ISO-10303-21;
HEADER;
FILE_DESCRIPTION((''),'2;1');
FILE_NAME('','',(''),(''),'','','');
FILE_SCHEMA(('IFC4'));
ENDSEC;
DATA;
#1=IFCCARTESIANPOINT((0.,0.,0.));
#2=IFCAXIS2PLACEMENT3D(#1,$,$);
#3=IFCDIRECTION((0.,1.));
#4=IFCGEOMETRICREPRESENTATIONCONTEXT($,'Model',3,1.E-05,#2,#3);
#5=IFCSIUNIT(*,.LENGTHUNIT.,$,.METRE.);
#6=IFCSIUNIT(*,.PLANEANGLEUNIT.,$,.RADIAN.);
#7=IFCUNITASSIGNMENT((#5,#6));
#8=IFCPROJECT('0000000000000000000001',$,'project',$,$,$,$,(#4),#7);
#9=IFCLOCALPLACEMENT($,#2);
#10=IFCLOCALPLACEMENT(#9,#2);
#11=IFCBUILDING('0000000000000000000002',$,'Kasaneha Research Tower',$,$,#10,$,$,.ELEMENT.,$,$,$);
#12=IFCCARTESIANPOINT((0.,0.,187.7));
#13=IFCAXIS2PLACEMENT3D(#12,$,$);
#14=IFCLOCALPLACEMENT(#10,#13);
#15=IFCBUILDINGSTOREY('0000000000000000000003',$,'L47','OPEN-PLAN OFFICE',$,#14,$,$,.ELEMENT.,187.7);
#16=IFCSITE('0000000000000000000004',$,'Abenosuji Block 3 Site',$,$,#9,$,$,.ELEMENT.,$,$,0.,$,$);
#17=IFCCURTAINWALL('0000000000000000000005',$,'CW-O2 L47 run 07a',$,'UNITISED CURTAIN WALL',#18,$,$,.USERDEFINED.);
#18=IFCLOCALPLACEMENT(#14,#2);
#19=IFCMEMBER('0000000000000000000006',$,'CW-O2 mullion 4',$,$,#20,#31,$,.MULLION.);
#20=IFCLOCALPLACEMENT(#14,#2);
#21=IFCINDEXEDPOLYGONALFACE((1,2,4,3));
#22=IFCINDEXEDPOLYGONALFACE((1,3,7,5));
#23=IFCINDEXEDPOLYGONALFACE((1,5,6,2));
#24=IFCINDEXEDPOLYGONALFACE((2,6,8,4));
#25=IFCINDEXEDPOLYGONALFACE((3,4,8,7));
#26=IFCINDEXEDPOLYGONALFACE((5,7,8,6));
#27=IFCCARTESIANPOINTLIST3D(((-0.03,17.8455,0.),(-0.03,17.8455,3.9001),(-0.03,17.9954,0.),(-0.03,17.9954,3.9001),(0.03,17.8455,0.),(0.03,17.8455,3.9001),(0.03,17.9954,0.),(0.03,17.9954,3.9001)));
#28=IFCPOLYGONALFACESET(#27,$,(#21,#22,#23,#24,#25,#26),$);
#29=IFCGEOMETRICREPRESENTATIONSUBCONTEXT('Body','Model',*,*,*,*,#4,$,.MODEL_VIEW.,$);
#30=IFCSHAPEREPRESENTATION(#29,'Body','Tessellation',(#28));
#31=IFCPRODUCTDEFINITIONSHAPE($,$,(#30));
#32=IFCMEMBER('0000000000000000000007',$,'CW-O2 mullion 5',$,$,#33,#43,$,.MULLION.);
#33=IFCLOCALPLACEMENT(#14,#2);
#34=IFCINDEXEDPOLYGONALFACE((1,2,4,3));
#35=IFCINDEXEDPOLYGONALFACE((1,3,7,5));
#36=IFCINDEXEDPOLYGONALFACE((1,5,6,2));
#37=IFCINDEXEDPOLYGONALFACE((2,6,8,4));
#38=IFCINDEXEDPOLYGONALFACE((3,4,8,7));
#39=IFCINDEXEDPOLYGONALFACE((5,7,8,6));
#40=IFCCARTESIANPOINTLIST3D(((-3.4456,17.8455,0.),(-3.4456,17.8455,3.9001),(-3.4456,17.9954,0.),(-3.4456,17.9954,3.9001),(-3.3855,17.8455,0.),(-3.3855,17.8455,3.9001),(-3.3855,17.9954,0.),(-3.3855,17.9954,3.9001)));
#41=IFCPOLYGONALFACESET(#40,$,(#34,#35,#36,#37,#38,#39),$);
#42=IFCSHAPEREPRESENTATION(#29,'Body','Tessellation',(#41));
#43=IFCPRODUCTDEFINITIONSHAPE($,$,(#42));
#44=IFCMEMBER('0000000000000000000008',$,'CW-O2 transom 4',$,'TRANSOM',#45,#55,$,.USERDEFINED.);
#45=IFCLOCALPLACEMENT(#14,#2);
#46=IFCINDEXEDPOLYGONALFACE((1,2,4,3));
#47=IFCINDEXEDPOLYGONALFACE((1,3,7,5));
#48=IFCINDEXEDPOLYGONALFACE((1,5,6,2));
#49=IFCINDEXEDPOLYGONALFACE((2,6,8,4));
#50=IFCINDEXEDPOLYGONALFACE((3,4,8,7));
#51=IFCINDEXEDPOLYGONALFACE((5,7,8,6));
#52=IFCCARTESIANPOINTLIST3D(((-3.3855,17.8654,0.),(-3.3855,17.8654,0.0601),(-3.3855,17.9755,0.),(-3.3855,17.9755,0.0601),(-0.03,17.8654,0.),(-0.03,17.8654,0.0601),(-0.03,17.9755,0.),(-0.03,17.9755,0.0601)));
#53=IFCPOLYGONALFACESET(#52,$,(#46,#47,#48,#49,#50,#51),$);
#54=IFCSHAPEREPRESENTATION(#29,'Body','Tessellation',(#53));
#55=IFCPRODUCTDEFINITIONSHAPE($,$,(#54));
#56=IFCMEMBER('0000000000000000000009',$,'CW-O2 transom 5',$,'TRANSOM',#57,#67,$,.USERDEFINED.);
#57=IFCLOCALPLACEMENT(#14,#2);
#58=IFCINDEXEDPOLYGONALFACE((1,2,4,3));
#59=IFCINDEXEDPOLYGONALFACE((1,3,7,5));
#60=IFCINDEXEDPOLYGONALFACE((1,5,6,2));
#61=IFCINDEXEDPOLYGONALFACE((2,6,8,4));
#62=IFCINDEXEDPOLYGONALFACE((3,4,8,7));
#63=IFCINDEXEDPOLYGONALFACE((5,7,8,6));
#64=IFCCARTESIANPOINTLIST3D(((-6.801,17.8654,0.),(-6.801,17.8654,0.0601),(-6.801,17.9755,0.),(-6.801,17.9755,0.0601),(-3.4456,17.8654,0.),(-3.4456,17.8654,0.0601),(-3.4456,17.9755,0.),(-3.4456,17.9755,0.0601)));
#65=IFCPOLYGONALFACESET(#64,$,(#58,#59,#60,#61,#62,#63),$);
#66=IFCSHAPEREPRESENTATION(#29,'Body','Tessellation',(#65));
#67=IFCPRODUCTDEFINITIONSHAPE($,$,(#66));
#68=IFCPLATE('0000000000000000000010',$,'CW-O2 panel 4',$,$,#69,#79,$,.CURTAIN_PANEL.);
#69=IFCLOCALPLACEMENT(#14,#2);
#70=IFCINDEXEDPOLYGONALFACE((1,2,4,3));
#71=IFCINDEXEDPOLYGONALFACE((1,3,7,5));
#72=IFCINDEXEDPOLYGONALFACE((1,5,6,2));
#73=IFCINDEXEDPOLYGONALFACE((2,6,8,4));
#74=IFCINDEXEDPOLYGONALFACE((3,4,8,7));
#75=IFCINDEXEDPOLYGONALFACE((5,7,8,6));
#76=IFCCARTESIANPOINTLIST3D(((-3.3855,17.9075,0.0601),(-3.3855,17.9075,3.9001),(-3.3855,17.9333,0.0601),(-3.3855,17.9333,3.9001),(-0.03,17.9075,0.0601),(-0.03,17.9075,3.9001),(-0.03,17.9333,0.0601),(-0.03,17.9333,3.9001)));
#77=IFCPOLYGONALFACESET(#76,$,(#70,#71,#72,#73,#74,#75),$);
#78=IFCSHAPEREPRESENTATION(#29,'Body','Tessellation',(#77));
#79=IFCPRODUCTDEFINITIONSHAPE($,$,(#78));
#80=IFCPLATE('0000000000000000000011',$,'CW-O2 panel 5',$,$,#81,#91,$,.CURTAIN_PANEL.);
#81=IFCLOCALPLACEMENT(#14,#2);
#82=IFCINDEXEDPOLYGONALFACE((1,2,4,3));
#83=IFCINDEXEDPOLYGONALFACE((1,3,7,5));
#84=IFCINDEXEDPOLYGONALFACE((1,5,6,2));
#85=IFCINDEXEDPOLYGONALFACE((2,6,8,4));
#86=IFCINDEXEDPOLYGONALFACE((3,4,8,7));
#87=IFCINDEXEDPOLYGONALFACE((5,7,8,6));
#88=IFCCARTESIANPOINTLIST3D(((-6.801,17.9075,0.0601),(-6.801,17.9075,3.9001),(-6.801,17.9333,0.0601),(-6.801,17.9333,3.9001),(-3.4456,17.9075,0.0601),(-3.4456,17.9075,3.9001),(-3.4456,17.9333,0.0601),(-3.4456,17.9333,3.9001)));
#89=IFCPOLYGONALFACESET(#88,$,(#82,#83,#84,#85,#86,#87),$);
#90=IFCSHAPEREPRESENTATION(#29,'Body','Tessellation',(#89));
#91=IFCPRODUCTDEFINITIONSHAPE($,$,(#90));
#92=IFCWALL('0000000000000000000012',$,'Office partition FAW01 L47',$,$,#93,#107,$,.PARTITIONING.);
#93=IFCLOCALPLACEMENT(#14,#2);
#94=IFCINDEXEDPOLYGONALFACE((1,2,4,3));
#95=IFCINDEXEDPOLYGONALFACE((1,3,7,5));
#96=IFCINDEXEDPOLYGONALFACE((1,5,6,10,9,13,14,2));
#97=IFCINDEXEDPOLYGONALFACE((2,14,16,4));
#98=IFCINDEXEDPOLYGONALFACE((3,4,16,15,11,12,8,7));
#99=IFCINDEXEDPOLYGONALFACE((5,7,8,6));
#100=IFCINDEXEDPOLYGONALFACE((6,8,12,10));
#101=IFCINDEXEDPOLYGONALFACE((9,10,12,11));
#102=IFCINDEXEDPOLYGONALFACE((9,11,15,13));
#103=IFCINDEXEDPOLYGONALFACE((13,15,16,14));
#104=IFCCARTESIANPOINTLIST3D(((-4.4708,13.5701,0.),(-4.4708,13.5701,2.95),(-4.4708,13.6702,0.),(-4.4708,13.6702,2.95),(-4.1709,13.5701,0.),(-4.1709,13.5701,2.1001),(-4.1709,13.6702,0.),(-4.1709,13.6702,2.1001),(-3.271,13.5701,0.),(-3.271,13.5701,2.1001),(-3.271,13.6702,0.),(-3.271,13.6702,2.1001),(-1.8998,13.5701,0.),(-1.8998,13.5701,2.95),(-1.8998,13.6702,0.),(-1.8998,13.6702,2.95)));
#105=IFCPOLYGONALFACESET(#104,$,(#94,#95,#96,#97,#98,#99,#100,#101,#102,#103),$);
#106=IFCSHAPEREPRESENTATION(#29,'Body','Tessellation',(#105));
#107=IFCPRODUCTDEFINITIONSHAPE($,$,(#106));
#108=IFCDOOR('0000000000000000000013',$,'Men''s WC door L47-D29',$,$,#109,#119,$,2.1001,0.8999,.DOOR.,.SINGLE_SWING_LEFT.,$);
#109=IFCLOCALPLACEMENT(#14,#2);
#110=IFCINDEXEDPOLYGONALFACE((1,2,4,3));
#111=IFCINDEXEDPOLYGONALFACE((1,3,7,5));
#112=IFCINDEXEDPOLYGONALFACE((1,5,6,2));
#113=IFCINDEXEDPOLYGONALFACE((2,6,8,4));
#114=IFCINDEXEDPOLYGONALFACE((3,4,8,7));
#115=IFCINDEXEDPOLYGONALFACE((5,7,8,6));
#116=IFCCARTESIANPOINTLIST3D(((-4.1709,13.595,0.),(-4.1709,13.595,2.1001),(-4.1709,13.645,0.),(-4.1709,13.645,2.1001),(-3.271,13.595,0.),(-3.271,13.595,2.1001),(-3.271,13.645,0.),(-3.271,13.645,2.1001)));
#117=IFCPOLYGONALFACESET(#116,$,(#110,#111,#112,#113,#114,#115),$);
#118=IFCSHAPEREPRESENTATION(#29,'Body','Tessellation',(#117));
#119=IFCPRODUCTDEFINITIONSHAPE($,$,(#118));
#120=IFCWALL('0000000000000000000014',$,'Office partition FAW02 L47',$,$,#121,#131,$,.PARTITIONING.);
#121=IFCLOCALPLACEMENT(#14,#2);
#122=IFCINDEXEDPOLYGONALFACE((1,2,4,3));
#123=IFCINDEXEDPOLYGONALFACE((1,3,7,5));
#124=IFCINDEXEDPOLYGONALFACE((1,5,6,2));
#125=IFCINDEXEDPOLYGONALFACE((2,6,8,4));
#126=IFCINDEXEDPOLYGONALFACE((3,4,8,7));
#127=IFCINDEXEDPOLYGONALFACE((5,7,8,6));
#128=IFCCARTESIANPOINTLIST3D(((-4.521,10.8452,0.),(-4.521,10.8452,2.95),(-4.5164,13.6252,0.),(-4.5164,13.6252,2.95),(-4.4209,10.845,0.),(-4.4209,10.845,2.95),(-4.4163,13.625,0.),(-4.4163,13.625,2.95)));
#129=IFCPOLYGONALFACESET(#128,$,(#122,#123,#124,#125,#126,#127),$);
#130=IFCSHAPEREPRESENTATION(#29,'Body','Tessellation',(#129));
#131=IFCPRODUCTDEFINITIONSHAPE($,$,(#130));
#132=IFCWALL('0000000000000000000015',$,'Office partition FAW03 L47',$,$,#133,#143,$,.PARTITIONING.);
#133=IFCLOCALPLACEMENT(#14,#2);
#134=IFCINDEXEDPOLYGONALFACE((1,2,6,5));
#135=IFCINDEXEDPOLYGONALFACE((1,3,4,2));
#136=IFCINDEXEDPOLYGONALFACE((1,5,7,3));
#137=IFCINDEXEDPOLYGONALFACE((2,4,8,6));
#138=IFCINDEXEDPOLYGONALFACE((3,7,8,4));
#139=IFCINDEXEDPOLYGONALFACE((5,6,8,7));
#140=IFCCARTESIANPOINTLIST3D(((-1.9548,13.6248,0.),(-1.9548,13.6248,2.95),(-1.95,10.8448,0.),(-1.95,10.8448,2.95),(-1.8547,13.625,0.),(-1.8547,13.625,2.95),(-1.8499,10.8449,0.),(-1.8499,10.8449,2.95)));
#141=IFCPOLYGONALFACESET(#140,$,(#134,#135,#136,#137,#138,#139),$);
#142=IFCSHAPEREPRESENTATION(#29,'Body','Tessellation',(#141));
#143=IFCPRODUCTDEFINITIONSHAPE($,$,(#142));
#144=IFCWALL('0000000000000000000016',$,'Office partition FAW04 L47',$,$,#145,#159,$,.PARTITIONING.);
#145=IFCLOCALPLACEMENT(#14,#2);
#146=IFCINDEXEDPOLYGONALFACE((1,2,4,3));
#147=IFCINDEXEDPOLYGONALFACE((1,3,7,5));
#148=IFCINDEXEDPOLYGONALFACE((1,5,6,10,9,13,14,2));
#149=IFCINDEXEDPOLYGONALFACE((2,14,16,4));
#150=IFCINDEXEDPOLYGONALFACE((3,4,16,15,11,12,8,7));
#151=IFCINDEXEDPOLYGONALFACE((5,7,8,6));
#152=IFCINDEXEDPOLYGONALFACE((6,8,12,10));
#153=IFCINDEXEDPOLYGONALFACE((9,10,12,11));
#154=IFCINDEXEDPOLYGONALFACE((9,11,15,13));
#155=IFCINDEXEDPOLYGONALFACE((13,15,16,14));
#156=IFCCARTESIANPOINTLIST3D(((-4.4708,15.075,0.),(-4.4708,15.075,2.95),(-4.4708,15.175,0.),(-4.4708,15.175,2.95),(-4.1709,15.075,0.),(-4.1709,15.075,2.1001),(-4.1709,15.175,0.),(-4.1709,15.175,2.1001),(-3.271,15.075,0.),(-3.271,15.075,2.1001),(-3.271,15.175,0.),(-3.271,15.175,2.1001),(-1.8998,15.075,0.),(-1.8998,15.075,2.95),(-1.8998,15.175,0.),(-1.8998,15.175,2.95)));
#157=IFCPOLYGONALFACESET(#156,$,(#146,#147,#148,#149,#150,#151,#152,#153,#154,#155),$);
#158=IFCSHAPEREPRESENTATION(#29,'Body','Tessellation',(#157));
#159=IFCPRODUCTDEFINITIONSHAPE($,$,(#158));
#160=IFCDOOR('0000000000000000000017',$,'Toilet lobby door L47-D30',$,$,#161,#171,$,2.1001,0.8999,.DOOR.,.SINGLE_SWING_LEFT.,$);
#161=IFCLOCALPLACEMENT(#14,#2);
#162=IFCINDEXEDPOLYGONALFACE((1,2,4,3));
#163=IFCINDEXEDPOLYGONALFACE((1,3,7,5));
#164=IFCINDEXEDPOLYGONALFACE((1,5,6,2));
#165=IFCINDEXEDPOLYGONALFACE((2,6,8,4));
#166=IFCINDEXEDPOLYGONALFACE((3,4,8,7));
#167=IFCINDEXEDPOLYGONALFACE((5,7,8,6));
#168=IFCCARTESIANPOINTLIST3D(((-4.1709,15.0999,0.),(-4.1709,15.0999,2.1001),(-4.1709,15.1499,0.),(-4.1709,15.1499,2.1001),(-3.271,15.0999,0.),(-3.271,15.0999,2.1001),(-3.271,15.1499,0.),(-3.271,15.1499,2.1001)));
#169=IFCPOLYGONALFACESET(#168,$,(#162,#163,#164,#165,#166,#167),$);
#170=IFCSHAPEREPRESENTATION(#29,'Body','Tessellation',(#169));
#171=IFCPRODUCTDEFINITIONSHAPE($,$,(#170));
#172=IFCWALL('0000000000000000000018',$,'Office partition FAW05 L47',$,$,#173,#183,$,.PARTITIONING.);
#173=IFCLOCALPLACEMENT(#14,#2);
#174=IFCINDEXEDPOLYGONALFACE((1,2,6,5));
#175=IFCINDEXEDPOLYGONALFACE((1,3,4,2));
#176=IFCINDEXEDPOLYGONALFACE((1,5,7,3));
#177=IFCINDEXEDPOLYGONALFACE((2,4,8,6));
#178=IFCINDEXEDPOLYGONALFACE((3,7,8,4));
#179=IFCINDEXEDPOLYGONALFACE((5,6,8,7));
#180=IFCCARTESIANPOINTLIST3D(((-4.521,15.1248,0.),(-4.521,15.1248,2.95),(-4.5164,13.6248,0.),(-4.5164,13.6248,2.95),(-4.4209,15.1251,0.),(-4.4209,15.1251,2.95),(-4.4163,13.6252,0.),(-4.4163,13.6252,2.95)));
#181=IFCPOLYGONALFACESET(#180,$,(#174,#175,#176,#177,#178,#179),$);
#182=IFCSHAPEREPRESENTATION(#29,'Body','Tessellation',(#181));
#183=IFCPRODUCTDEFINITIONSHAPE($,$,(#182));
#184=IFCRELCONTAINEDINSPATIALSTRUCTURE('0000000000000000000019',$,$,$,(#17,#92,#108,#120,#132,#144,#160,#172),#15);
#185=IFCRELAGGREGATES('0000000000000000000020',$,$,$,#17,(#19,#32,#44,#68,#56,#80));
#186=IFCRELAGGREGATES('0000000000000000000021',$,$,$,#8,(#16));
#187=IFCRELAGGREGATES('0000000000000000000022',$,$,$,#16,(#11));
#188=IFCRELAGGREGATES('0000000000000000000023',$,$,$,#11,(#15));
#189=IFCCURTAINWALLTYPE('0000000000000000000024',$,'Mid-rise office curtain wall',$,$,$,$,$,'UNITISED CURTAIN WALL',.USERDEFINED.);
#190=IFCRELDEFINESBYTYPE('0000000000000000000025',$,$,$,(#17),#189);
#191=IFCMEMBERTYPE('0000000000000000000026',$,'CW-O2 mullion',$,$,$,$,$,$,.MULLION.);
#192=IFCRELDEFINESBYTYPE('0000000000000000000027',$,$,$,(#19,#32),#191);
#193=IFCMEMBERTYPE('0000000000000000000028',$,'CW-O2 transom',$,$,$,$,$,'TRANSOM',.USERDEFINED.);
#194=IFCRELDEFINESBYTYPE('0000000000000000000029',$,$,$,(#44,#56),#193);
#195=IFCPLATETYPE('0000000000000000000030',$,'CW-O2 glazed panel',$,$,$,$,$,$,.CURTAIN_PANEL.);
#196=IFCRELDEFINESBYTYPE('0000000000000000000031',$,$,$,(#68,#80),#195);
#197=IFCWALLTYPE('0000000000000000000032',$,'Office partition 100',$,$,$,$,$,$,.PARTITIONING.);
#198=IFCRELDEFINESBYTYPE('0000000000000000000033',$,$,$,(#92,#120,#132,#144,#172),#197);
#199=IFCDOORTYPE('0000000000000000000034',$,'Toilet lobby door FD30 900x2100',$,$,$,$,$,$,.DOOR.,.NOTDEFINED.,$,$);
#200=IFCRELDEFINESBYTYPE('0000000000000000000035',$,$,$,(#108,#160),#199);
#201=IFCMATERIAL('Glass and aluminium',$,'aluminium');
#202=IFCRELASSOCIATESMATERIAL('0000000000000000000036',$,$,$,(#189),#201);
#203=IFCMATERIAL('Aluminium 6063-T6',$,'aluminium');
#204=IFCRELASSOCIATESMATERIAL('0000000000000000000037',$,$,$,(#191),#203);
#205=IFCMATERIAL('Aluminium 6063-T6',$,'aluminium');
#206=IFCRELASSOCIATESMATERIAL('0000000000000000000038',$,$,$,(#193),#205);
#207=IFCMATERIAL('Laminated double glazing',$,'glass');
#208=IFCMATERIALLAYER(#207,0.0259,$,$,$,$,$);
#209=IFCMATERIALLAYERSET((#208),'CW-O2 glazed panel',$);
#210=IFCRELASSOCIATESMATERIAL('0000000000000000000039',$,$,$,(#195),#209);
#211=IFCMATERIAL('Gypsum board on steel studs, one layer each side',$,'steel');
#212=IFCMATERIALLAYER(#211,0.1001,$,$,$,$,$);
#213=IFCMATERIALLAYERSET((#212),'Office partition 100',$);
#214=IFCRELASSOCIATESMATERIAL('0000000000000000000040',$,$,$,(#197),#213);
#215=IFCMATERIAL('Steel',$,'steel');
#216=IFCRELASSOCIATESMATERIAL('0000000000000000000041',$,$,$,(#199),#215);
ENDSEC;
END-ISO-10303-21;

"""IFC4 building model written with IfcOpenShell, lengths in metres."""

from ifc_helpers import new_model, si_unit, direction, frame, frame_2d, origin, origin_2d, place, context, subcontext, project, spatial, rectangle, extrude, material, layer, layer_set, material_profile, profile_set, type_object, element, fill, aggregate, save


model = new_model("IFC4")

# Units and contexts
model_context = context("Model", 3, precision=1e-05, world=origin(), true_north=direction((0.0, 1.0)))
body_context = subcontext(model_context, "Body", "Model", "MODEL_VIEW")
ifc_project = project(units=[si_unit("LENGTHUNIT", "METRE"), si_unit("PLANEANGLEUNIT", "RADIAN")], contexts=[model_context])

# Site, building, storey
site_placement = place(None, origin())
site = spatial("IfcSite", under=ifc_project, at=site_placement, Name="Abenosuji Block 3 Site", CompositionType="ELEMENT", RefElevation=0.0)
building_placement = place(site_placement, origin())
building = spatial("IfcBuilding", under=site, at=building_placement, Name="Kasaneha Research Tower", CompositionType="ELEMENT")
storey_placement = place(building_placement, frame((0.0, 0.0, 187.7)))
storey = spatial("IfcBuildingStorey", under=building, at=storey_placement, Name="L47", Description="OPEN-PLAN OFFICE", CompositionType="ELEMENT", Elevation=187.7)

# Curtain wall, members, plates
ifc_material_1 = material(Name="Glass and aluminium", Category="aluminium")
curtain_wall_type = type_object("IfcCurtainWallType", Name="Mid-rise office curtain wall", ElementType="UNITISED CURTAIN WALL", PredefinedType="USERDEFINED", material=ifc_material_1)
curtain_wall_placement = place(storey_placement, origin())
curtain_wall = element("IfcCurtainWall", 1, at=curtain_wall_placement, inside=storey, type_object=curtain_wall_type, Name="CW-O2 L47 run 07a", ObjectType="UNITISED CURTAIN WALL", PredefinedType="USERDEFINED")
ifc_material_2 = material(Name="Aluminium 6063-T6", Category="aluminium")
ifc_material_profile_1 = material_profile(ifc_material_2, rectangle(XDim=0.0601, YDim=0.1499, at=origin_2d()), Name="CW-O2 mullion 60x150")
ifc_profile_set_1 = profile_set([ifc_material_profile_1], Name="Aluminium 6063-T6")
member_type_1 = type_object("IfcMemberType", Name="CW-O2 mullion", PredefinedType="MULLION", material=ifc_profile_set_1)
member_1_placement = place(storey_placement, frame((0.0, 17.9204, 0.0), z_axis=(0.0, 0.0, 1.0), x_axis=(-1.0, 0.0, 0.0)))
member_1 = element("IfcMember", 2, at=member_1_placement, type_object=member_type_1, Name="CW-O2 mullion 4", PredefinedType="MULLION", context=body_context, shape_type="SweptSolid", body=[
    extrude(rectangle(XDim=0.0601, YDim=0.1499, at=origin_2d()), origin(), (0.0, 0.0, 1.0), 3.9001),
])
member_2_placement = place(storey_placement, frame((-3.4155, 17.9204, 0.0), z_axis=(0.0, 0.0, 1.0), x_axis=(-1.0, 0.0, 0.0)))
member_2 = element("IfcMember", 3, at=member_2_placement, type_object=member_type_1, Name="CW-O2 mullion 5", PredefinedType="MULLION", context=body_context, shape_type="SweptSolid", body=[
    extrude(rectangle(XDim=0.0601, YDim=0.1499, at=origin_2d()), origin(), (0.0, 0.0, 1.0), 3.9001),
])
ifc_material_3 = material(Name="Aluminium 6063-T6", Category="aluminium")
ifc_material_profile_2 = material_profile(ifc_material_3, rectangle(XDim=0.1101, YDim=0.0601, at=origin_2d()), Name="CW-O2 transom 110x60")
ifc_profile_set_2 = profile_set([ifc_material_profile_2], Name="Aluminium 6063-T6")
member_type_2 = type_object("IfcMemberType", Name="CW-O2 transom", ElementType="TRANSOM", PredefinedType="USERDEFINED", material=ifc_profile_set_2)
member_3_placement = place(storey_placement, frame((-0.03, 17.9204, 0.03), z_axis=(-1.0, 0.0, 0.0), x_axis=(0.0, -1.0, 0.0)))
member_3 = element("IfcMember", 4, at=member_3_placement, type_object=member_type_2, Name="CW-O2 transom 4", ObjectType="TRANSOM", PredefinedType="USERDEFINED", context=body_context, shape_type="SweptSolid", body=[
    extrude(rectangle(XDim=0.1101, YDim=0.0601, at=origin_2d()), origin(), (0.0, 0.0, 1.0), 3.3555),
])
member_4_placement = place(storey_placement, frame((-3.4456, 17.9204, 0.03), z_axis=(-1.0, 0.0, 0.0), x_axis=(0.0, -1.0, 0.0)))
member_4 = element("IfcMember", 5, at=member_4_placement, type_object=member_type_2, Name="CW-O2 transom 5", ObjectType="TRANSOM", PredefinedType="USERDEFINED", context=body_context, shape_type="SweptSolid", body=[
    extrude(rectangle(XDim=0.1101, YDim=0.0601, at=origin_2d()), origin(), (0.0, 0.0, 1.0), 3.3555),
])
ifc_material_4 = material(Name="Laminated double glazing", Category="glass")
ifc_layer_1 = layer(ifc_material_4, 0.0259)
ifc_layer_set_1 = layer_set([ifc_layer_1], Name="CW-O2 glazed panel")
plate_type = type_object("IfcPlateType", Name="CW-O2 glazed panel", PredefinedType="CURTAIN_PANEL", material=ifc_layer_set_1)
plate_1_placement = place(storey_placement, frame((-1.7078, 17.9204, 0.0601), z_axis=(0.0, 0.0, 1.0), x_axis=(-1.0, 0.0, 0.0)))
plate_1 = element("IfcPlate", 6, at=plate_1_placement, type_object=plate_type, Name="CW-O2 panel 4", PredefinedType="CURTAIN_PANEL", context=body_context, shape_type="SweptSolid", body=[
    extrude(rectangle(XDim=3.3555, YDim=0.0259, at=origin_2d()), origin(), (0.0, 0.0, 1.0), 3.8401),
])
plate_2_placement = place(storey_placement, frame((-5.1233, 17.9204, 0.0601), z_axis=(0.0, 0.0, 1.0), x_axis=(-1.0, 0.0, 0.0)))
plate_2 = element("IfcPlate", 7, at=plate_2_placement, type_object=plate_type, Name="CW-O2 panel 5", PredefinedType="CURTAIN_PANEL", context=body_context, shape_type="SweptSolid", body=[
    extrude(rectangle(XDim=3.3555, YDim=0.0259, at=origin_2d()), origin(), (0.0, 0.0, 1.0), 3.8401),
])
aggregate(curtain_wall, [member_1, member_2, member_3, plate_1, member_4, plate_2])

# Wall, opening, door
ifc_material_5 = material(Name="Gypsum board on steel studs, one layer each side", Category="steel")
ifc_layer_2 = layer(ifc_material_5, 0.1001)
ifc_layer_set_2 = layer_set([ifc_layer_2], Name="Office partition 100")
wall_type_1 = type_object("IfcWallType", Name="Office partition 100", PredefinedType="PARTITIONING", material=ifc_layer_set_2)
wall_1_placement = place(storey_placement, frame((-4.4709, 13.6201, 0.0), z_axis=(0.0, 0.0, 1.0), x_axis=(1.0, 0.0, 0.0)))
wall_1 = element("IfcWall", 8, at=wall_1_placement, inside=storey, type_object=wall_type_1, Name="Office partition FAW01 L47", PredefinedType="PARTITIONING", context=body_context, shape_type="SweptSolid", body=[
    extrude(rectangle(XDim=2.571, YDim=0.1001, at=frame_2d((1.2856, 0.0))), origin(), (0.0, 0.0, 1.0), 2.95),
])
opening_1_placement = place(wall_1_placement, frame((0.3, 0.0, 0.0)))
opening_1 = element("IfcOpeningElement", 9, at=opening_1_placement, cuts=wall_1, PredefinedType="OPENING", context=body_context, shape_type="SweptSolid", body=[
    extrude(rectangle(XDim=0.8999, YDim=2.1001, at=frame_2d((0.45, 1.05))), frame((0.0, 0.0601, 0.0), z_axis=(0.0, -1.0, 0.0), x_axis=(1.0, 0.0, 0.0)), (0.0, 0.0, 1.0), 0.1201),
])
ifc_material_6 = material(Name="Steel", Category="steel")
door_type_1 = type_object("IfcDoorType", Name="Toilet lobby door FD30 900x2100", OperationType="NOTDEFINED", PredefinedType="DOOR", material=ifc_material_6)
door_1_placement = place(opening_1_placement, origin())
door_1 = element("IfcDoor", 10, at=door_1_placement, inside=storey, type_object=door_type_1, Name="Men's WC door L47-D29", OperationType="SINGLE_SWING_LEFT", OverallHeight=2.1001, OverallWidth=0.8999, PredefinedType="DOOR", context=body_context, shape_type="SweptSolid", body=[
    extrude(rectangle(XDim=0.8999, YDim=2.1001, at=frame_2d((0.45, 1.05))), frame((0.0, 0.0249, 0.0), z_axis=(0.0, -1.0, 0.0), x_axis=(1.0, 0.0, 0.0)), (0.0, 0.0, 1.0), 0.05),
])
fill(opening_1, door_1)

# Walls
for number, where, z_axis, x_axis, name in (
    (11, (-4.4709, 10.845, 0.0), (0.0, 0.0, 1.0), (0.001669, 0.999999, 0.0), "Office partition FAW02 L47"),
    (12, (-1.9048, 13.625, 0.0), (0.0, 0.0, 1.0), (0.001756, -0.999998, 0.0), "Office partition FAW03 L47"),
):
    element("IfcWall", number, at=place(storey_placement, frame(where, z_axis=z_axis, x_axis=x_axis)), inside=storey, type_object=wall_type_1, Name=name, PredefinedType="PARTITIONING", context=body_context, shape_type="SweptSolid", body=[
        extrude(rectangle(XDim=2.78, YDim=0.1001, at=frame_2d((1.3901, 0.0))), origin(), (0.0, 0.0, 1.0), 2.95),
    ])

# Wall, opening, door
wall_2_placement = place(storey_placement, frame((-4.4709, 15.125, 0.0), z_axis=(0.0, 0.0, 1.0), x_axis=(1.0, 0.0, 0.0)))
wall_2 = element("IfcWall", 13, at=wall_2_placement, inside=storey, type_object=wall_type_1, Name="Office partition FAW04 L47", PredefinedType="PARTITIONING", context=body_context, shape_type="SweptSolid", body=[
    extrude(rectangle(XDim=2.571, YDim=0.1001, at=frame_2d((1.2856, 0.0))), origin(), (0.0, 0.0, 1.0), 2.95),
])
opening_2_placement = place(wall_2_placement, frame((0.3, 0.0, 0.0)))
opening_2 = element("IfcOpeningElement", 14, at=opening_2_placement, cuts=wall_2, PredefinedType="OPENING", context=body_context, shape_type="SweptSolid", body=[
    extrude(rectangle(XDim=0.8999, YDim=2.1001, at=frame_2d((0.45, 1.05))), frame((0.0, 0.0601, 0.0), z_axis=(0.0, -1.0, 0.0), x_axis=(1.0, 0.0, 0.0)), (0.0, 0.0, 1.0), 0.1201),
])
door_2_placement = place(opening_2_placement, origin())
door_2 = element("IfcDoor", 15, at=door_2_placement, inside=storey, type_object=door_type_1, Name="Toilet lobby door L47-D30", OperationType="SINGLE_SWING_LEFT", OverallHeight=2.1001, OverallWidth=0.8999, PredefinedType="DOOR", context=body_context, shape_type="SweptSolid", body=[
    extrude(rectangle(XDim=0.8999, YDim=2.1001, at=frame_2d((0.45, 1.05))), frame((0.0, 0.0249, 0.0), z_axis=(0.0, -1.0, 0.0), x_axis=(1.0, 0.0, 0.0)), (0.0, 0.0, 1.0), 0.05),
])
fill(opening_2, door_2)

# Wall
for number, where, z_axis, x_axis, name in (
    (16, (-4.4663, 13.625, 0.0), (0.0, 0.0, 1.0), (-0.003092, 0.999995, 0.0), "Office partition FAW05 L47"),
):
    element("IfcWall", number, at=place(storey_placement, frame(where, z_axis=z_axis, x_axis=x_axis)), inside=storey, type_object=wall_type_1, Name=name, PredefinedType="PARTITIONING", context=body_context, shape_type="SweptSolid", body=[
        extrude(rectangle(XDim=1.5, YDim=0.1001, at=frame_2d((0.75, 0.0))), origin(), (0.0, 0.0, 1.0), 2.95),
    ])

save(model, "model.ifc")
